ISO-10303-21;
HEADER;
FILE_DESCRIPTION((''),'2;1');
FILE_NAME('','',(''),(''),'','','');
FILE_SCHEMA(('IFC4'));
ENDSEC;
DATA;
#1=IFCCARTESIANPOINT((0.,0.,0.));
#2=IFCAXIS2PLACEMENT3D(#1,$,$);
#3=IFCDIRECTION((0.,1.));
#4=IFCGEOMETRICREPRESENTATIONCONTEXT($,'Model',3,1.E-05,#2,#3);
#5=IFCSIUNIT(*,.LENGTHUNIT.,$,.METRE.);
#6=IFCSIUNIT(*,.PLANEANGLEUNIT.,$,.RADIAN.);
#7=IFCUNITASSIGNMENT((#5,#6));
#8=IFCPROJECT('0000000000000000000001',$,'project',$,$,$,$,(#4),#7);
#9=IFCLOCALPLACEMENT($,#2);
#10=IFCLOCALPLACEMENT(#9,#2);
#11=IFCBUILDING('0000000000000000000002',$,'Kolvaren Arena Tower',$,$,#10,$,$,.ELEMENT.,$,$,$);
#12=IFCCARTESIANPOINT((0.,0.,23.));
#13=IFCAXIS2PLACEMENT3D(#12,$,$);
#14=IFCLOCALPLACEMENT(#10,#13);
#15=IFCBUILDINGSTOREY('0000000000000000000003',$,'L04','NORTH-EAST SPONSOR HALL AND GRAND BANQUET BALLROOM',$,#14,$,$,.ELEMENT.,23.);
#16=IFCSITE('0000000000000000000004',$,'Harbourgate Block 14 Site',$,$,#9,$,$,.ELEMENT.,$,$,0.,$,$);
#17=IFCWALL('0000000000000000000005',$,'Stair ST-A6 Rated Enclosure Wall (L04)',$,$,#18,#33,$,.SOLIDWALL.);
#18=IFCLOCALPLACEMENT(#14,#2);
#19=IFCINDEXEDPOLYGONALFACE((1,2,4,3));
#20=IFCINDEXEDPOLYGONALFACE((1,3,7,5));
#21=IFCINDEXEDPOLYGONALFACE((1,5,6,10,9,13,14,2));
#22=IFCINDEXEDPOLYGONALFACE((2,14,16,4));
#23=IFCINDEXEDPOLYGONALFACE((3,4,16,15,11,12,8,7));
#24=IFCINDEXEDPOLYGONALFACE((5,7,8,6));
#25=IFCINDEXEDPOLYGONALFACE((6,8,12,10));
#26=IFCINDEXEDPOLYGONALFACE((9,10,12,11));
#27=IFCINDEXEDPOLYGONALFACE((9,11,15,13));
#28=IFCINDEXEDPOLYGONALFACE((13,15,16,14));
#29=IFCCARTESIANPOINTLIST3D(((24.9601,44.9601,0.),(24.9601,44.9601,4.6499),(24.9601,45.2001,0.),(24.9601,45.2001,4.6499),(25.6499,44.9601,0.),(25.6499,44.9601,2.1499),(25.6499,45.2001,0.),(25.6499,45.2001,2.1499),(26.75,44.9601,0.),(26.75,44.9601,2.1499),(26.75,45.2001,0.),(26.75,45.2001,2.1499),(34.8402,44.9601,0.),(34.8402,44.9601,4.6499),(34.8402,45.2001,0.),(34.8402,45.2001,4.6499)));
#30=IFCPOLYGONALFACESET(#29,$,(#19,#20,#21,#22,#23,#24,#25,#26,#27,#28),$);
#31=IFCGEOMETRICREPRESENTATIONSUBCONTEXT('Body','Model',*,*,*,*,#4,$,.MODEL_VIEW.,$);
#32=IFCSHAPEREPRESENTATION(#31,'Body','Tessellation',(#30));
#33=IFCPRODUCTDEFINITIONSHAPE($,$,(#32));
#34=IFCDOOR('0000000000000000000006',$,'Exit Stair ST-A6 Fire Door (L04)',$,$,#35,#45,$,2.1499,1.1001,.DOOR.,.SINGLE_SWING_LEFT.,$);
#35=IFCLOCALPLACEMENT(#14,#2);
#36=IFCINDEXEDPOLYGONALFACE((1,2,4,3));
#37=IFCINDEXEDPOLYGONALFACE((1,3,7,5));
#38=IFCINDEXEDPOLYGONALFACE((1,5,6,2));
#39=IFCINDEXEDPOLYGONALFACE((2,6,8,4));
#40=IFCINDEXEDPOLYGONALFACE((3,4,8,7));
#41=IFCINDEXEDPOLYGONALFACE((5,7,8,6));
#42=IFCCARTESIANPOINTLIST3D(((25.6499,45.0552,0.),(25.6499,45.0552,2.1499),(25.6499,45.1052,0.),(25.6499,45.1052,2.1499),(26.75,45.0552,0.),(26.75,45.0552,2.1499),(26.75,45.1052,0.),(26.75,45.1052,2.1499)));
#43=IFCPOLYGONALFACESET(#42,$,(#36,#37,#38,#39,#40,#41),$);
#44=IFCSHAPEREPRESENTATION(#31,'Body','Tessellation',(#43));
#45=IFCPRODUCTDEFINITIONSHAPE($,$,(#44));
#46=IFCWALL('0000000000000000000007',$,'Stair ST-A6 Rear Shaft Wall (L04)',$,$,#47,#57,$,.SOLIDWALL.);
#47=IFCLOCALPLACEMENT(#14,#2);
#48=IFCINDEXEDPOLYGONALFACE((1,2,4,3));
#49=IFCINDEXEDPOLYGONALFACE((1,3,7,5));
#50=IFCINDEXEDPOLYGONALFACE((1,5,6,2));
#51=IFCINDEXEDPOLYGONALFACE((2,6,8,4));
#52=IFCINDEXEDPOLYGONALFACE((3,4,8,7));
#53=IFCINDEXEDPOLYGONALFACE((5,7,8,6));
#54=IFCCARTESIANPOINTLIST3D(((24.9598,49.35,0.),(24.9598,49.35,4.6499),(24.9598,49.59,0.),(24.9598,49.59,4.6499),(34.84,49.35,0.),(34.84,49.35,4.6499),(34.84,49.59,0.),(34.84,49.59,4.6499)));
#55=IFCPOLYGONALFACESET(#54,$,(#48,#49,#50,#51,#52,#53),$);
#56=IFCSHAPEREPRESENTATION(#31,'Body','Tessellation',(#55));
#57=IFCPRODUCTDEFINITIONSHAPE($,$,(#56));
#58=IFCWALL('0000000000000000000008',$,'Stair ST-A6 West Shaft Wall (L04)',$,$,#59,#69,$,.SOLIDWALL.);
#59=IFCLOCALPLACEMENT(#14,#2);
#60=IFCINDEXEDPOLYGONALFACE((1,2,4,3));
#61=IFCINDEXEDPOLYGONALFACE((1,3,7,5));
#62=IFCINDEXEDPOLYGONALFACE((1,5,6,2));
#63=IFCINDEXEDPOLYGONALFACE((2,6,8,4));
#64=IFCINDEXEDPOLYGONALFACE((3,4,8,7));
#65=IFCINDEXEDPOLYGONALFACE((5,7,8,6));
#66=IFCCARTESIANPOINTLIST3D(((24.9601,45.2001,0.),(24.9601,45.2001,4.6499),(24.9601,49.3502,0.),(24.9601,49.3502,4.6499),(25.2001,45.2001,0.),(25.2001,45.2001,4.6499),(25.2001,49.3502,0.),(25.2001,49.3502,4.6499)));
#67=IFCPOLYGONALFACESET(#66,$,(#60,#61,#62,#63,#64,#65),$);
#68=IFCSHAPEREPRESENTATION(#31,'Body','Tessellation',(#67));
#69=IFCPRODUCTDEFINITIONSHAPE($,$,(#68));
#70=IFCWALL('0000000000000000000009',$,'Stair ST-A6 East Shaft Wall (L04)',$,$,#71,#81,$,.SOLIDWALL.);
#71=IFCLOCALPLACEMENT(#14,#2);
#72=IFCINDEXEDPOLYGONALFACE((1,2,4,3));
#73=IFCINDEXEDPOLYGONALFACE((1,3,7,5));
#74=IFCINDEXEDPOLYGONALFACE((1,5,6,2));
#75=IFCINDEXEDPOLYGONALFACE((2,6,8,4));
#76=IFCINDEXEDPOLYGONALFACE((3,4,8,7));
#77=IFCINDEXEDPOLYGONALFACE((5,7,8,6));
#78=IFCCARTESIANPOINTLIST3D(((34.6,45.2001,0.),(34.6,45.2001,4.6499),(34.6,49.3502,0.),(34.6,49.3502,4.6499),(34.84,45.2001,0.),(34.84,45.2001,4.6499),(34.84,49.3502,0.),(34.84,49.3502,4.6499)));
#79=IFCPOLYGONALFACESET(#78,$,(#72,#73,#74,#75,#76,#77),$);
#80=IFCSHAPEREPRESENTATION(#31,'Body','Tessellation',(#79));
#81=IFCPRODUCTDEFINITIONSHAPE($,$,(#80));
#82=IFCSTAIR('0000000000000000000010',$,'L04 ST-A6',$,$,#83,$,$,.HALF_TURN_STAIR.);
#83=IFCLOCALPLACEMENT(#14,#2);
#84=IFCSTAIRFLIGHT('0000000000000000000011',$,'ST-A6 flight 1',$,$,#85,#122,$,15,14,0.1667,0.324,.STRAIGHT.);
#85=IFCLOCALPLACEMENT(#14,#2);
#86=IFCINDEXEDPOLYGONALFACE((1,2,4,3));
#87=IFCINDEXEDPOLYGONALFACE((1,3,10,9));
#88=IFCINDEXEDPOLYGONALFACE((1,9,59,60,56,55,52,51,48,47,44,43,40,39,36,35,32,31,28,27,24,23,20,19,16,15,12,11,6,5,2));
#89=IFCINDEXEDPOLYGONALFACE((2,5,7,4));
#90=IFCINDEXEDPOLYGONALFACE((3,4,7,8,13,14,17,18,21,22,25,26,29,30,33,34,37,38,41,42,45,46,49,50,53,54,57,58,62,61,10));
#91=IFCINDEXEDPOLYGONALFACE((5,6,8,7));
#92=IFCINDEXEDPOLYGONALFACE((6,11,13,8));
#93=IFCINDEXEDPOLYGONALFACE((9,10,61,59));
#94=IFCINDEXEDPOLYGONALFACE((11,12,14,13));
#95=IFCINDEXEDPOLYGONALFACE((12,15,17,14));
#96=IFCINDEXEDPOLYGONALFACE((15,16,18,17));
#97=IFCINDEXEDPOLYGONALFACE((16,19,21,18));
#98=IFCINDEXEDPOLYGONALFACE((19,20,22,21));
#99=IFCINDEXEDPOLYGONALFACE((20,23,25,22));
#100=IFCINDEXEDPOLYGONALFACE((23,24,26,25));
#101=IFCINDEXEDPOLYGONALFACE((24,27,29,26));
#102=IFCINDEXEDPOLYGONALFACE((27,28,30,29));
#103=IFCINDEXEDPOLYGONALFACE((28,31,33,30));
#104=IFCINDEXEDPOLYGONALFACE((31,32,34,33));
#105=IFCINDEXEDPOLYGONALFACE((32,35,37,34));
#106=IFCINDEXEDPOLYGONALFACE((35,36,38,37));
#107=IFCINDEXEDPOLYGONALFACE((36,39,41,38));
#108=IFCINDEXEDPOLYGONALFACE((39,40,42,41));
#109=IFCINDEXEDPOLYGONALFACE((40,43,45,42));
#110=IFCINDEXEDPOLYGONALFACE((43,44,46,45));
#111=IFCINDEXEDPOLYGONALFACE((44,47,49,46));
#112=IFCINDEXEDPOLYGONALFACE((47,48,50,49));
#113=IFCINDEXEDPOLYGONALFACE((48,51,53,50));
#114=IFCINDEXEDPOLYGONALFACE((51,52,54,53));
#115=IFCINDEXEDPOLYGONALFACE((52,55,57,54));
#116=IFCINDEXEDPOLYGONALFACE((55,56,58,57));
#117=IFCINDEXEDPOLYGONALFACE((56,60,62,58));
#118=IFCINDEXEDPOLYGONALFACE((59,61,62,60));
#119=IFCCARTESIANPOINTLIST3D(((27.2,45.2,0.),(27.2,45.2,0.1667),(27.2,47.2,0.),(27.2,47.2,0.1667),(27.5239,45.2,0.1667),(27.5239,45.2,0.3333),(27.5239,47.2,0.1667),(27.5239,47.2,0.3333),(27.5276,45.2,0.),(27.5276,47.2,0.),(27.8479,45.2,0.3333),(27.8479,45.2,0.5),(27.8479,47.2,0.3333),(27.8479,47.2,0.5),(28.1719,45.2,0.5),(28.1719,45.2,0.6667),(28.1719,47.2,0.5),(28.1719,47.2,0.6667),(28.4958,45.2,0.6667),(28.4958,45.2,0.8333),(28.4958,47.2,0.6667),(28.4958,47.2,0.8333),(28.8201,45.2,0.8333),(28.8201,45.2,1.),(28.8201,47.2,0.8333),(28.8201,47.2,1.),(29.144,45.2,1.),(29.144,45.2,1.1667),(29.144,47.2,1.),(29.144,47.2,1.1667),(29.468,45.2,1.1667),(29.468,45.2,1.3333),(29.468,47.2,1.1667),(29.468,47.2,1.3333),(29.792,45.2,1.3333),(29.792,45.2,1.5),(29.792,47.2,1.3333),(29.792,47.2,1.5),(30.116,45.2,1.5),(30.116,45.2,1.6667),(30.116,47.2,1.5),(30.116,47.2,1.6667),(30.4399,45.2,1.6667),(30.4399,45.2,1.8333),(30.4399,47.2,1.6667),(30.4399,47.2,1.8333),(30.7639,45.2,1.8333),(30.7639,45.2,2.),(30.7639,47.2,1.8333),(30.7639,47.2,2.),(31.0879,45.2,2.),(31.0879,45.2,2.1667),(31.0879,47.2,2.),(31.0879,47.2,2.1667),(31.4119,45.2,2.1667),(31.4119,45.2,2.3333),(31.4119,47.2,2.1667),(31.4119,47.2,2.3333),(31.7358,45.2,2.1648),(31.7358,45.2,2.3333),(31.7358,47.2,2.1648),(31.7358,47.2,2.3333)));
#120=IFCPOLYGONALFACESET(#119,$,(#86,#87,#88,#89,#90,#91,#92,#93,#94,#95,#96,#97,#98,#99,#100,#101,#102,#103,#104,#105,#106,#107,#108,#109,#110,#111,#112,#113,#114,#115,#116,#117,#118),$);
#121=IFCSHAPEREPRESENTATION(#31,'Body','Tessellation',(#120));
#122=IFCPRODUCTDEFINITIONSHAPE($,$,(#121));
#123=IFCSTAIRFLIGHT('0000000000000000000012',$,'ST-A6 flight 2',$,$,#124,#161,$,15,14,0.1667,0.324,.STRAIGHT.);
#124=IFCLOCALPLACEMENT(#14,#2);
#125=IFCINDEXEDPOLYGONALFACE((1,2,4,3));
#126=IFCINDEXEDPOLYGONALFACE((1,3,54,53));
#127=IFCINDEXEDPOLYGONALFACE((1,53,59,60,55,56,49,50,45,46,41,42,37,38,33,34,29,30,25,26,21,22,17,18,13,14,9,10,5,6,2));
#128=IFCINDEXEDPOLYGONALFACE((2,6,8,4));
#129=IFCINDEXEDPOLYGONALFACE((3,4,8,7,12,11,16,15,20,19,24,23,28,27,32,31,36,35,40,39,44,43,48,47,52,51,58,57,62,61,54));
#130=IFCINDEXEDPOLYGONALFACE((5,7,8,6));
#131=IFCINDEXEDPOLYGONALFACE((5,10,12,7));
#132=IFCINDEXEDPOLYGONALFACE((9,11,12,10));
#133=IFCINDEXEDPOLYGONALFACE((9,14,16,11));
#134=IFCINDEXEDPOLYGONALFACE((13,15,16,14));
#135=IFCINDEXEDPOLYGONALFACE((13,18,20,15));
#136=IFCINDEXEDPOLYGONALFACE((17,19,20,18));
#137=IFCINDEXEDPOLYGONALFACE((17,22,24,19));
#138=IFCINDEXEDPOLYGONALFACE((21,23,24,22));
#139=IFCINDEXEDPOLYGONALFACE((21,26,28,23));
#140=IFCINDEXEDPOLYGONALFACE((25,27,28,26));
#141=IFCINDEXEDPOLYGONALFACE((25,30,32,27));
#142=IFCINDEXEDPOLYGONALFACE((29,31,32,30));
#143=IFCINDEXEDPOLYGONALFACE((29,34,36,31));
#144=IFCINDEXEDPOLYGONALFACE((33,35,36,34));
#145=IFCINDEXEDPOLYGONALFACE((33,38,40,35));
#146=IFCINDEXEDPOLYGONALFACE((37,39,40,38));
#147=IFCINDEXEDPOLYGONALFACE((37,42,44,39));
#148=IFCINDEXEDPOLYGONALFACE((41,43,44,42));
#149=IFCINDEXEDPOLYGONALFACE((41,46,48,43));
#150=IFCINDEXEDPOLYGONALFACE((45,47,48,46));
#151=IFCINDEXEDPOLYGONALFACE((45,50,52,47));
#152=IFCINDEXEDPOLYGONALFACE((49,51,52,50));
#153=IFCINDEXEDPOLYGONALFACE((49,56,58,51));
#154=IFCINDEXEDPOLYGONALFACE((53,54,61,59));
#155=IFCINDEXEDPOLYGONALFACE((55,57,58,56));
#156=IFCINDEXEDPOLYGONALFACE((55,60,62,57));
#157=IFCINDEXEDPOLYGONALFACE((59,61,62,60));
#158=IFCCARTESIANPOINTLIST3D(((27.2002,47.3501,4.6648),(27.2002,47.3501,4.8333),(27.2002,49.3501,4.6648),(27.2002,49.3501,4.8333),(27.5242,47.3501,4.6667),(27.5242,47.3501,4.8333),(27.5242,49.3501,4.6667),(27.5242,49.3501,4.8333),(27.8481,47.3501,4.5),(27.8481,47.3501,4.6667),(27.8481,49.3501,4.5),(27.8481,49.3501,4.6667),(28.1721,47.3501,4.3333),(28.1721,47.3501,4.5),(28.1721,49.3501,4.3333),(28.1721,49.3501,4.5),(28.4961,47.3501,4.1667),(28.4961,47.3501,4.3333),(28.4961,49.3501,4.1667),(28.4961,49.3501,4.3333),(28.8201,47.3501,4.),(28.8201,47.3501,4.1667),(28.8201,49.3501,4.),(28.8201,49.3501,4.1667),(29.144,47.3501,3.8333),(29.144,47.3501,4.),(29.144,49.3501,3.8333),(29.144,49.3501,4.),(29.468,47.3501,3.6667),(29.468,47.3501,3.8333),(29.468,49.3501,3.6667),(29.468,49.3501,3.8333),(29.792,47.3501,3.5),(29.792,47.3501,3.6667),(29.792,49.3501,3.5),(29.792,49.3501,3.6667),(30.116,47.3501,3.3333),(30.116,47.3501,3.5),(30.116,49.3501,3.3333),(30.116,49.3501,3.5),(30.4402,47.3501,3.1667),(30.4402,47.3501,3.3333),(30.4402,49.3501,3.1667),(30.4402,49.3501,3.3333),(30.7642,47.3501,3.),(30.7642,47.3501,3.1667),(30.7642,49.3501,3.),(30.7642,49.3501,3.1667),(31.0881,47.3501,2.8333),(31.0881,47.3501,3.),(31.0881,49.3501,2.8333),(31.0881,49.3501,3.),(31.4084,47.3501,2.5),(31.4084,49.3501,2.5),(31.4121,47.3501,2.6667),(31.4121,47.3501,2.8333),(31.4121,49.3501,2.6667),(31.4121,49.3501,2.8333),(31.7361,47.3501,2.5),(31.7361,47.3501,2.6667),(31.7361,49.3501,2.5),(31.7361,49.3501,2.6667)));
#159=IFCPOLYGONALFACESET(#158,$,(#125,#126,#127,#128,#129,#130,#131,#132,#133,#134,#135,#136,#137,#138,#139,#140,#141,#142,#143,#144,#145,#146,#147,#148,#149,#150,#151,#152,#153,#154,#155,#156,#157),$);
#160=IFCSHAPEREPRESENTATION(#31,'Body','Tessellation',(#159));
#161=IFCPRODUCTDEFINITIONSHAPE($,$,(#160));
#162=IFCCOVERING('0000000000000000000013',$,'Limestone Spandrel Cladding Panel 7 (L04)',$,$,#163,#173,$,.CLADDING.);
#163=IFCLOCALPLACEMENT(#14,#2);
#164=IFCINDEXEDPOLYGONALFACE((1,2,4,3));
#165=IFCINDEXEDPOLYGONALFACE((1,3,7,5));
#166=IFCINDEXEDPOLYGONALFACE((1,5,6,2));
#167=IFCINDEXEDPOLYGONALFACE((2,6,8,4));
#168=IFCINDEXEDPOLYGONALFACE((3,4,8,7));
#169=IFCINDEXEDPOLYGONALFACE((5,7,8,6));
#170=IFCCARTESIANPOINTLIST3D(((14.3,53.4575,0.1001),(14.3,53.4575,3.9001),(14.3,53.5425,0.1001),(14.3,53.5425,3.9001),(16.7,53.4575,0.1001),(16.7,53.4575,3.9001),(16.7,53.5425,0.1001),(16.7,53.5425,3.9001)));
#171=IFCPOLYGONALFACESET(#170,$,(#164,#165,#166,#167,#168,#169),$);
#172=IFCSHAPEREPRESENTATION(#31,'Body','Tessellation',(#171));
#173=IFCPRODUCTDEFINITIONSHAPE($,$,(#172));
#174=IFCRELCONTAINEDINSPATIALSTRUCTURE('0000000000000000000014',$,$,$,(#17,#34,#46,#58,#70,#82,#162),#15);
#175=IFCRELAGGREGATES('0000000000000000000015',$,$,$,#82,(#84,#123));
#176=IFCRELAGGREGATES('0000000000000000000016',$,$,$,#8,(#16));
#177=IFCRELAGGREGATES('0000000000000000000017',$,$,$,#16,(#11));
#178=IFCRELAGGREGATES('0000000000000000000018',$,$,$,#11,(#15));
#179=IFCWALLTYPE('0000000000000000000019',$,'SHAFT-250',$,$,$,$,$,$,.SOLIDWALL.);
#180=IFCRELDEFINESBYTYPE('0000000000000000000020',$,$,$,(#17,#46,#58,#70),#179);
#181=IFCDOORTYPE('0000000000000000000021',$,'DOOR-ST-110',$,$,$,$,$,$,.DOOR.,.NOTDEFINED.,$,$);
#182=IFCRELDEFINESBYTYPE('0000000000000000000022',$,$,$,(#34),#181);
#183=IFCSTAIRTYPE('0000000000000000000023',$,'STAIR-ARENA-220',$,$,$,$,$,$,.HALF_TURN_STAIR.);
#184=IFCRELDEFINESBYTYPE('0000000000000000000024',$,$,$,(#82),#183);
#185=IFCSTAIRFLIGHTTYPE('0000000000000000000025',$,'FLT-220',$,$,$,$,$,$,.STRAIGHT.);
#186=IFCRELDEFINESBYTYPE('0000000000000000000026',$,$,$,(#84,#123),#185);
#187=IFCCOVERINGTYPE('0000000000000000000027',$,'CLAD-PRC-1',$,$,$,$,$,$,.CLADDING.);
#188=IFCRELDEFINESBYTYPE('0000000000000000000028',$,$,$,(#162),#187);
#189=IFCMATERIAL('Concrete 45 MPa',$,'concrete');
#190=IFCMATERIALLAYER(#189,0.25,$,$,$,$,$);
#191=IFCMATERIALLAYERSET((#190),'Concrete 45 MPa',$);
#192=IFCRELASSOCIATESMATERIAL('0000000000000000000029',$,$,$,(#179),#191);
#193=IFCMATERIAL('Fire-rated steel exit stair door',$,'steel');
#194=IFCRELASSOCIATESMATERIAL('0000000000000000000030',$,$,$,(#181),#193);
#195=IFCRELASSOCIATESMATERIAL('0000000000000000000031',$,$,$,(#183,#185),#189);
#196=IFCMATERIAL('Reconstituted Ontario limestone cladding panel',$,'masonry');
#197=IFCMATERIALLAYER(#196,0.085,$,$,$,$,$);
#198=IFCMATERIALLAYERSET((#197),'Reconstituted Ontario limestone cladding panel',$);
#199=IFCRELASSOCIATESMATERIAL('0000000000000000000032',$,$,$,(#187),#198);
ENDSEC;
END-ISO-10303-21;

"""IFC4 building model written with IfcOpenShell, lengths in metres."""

from ifc_helpers import new_model, si_unit, direction, frame, frame_2d, origin, origin_2d, place, context, subcontext, project, spatial, polyline, rectangle, outline, extrude, material, layer, layer_set, type_object, element, fill, aggregate, save


model = new_model("IFC4")

# Units and contexts
model_context = context("Model", 3, precision=1e-05, world=origin(), true_north=direction((0.0, 1.0)))
body_context = subcontext(model_context, "Body", "Model", "MODEL_VIEW")
ifc_project = project(units=[si_unit("LENGTHUNIT", "METRE"), si_unit("PLANEANGLEUNIT", "RADIAN")], contexts=[model_context])

# Site, building, storey
site_placement = place(None, origin())
site = spatial("IfcSite", under=ifc_project, at=site_placement, Name="Harbourgate Block 14 Site", CompositionType="ELEMENT", RefElevation=0.0)
building_placement = place(site_placement, origin())
building = spatial("IfcBuilding", under=site, at=building_placement, Name="Kolvaren Arena Tower", CompositionType="ELEMENT")
storey_placement = place(building_placement, frame((0.0, 0.0, 23.0)))
storey = spatial("IfcBuildingStorey", under=building, at=storey_placement, Name="L04", Description="NORTH-EAST SPONSOR HALL AND GRAND BANQUET BALLROOM", CompositionType="ELEMENT", Elevation=23.0)

# Shared definitions
ifc_material_1 = material(Name="Concrete 45 MPa", Category="concrete")
ifc_layer_1 = layer(ifc_material_1, 0.25)
ifc_layer_set_1 = layer_set([ifc_layer_1], Name="Concrete 45 MPa")
wall_type_1 = type_object("IfcWallType", Name="SHAFT-250", PredefinedType="SOLIDWALL", material=ifc_layer_set_1)
ifc_material_2 = material(Name="Fire-rated steel exit stair door", Category="steel")
door_type_1 = type_object("IfcDoorType", Name="DOOR-ST-110", OperationType="NOTDEFINED", PredefinedType="DOOR", material=ifc_material_2)

# Wall, opening, door
wall_1_placement = place(storey_placement, frame((34.8401, 45.0801, 0.0), z_axis=(0.0, 0.0, 1.0), x_axis=(-1.0, 0.0, 0.0)))
wall_1 = element("IfcWall", 1, at=wall_1_placement, inside=storey, type_object=wall_type_1, Name="Stair ST-A6 Rated Enclosure Wall (L04)", PredefinedType="SOLIDWALL", context=body_context, shape_type="SweptSolid", body=[
    extrude(rectangle(XDim=9.8801, YDim=0.24, at=frame_2d((4.9399, 0.0))), origin(), (0.0, 0.0, 1.0), 4.6499),
])
opening_1_placement = place(wall_1_placement, frame((8.0901, 0.0, 0.0)))
opening_1 = element("IfcOpeningElement", 2, at=opening_1_placement, cuts=wall_1, PredefinedType="OPENING", context=body_context, shape_type="SweptSolid", body=[
    extrude(rectangle(XDim=1.1001, YDim=2.1499, at=frame_2d((0.55, 1.075))), frame((0.0, 0.1299, 0.0), z_axis=(0.0, -1.0, 0.0), x_axis=(1.0, 0.0, 0.0)), (0.0, 0.0, 1.0), 0.26),
])
door_1_placement = place(opening_1_placement, origin())
door_1 = element("IfcDoor", 3, at=door_1_placement, inside=storey, type_object=door_type_1, Name="Exit Stair ST-A6 Fire Door (L04)", OperationType="SINGLE_SWING_LEFT", OverallHeight=2.1499, OverallWidth=1.1001, PredefinedType="DOOR", context=body_context, shape_type="SweptSolid", body=[
    extrude(rectangle(XDim=1.1001, YDim=2.1499, at=frame_2d((0.55, 1.075))), frame((0.0, 0.0249, 0.0), z_axis=(0.0, -1.0, 0.0), x_axis=(1.0, 0.0, 0.0)), (0.0, 0.0, 1.0), 0.05),
])
fill(opening_1, door_1)

# Walls
wall_2_placement = place(storey_placement, frame((24.96, 49.47, 0.0), z_axis=(0.0, 0.0, 1.0), x_axis=(1.0, 0.0, 0.0)))
element("IfcWall", 4, at=wall_2_placement, inside=storey, type_object=wall_type_1, Name="Stair ST-A6 Rear Shaft Wall (L04)", PredefinedType="SOLIDWALL", context=body_context, shape_type="SweptSolid", body=[
    extrude(rectangle(XDim=9.8801, YDim=0.24, at=frame_2d((4.9399, 0.0))), origin(), (0.0, 0.0, 1.0), 4.6499),
])
for number, where, z_axis, x_axis, name in (
    (5, (25.0801, 45.2, 0.0), (0.0, 0.0, 1.0), (0.0, 1.0, 0.0), "Stair ST-A6 West Shaft Wall (L04)"),
    (6, (34.72, 45.2, 0.0), (0.0, 0.0, 1.0), (0.0, 1.0, 0.0), "Stair ST-A6 East Shaft Wall (L04)"),
):
    element("IfcWall", number, at=place(storey_placement, frame(where, z_axis=z_axis, x_axis=x_axis)), inside=storey, type_object=wall_type_1, Name=name, PredefinedType="SOLIDWALL", context=body_context, shape_type="SweptSolid", body=[
        extrude(rectangle(XDim=4.1501, YDim=0.24, at=frame_2d((2.0752, 0.0))), origin(), (0.0, 0.0, 1.0), 4.6499),
    ])

# Stair, stair flights
stair_type = type_object("IfcStairType", Name="STAIR-ARENA-220", PredefinedType="HALF_TURN_STAIR", material=ifc_material_1)
stair_placement = place(storey_placement, origin())
stair = element("IfcStair", 7, at=stair_placement, inside=storey, type_object=stair_type, Name="L04 ST-A6", PredefinedType="HALF_TURN_STAIR")
stair_flight_type = type_object("IfcStairFlightType", Name="FLT-220", PredefinedType="STRAIGHT", material=ifc_material_1)
stair_flight_1_placement = place(storey_placement, frame((27.2, 46.2, 0.0), z_axis=(0.0, 0.0, 1.0), x_axis=(1.0, 0.0, 0.0)))
stair_flight_1 = element("IfcStairFlight", 8, at=stair_flight_1_placement, type_object=stair_flight_type, Name="ST-A6 flight 1", NumberOfRisers=15, NumberOfTreads=14, PredefinedType="STRAIGHT", RiserHeight=0.1667, TreadLength=0.324, context=body_context, shape_type="SweptSolid", body=[
    extrude(outline(polyline([(0.0, 0.0), (0.0, 0.1667), (0.324, 0.1667), (0.324, 0.3333), (0.6479, 0.3333), (0.6479, 0.5), (0.9719, 0.5), (0.9719, 0.6667), (1.2959, 0.6667), (1.2959, 0.8333), (1.6201, 0.8333), (1.6201, 1.0), (1.9441, 1.0), (1.9441, 1.1667), (2.2681, 1.1667), (2.2681, 1.3333), (2.592, 1.3333), (2.592, 1.5), (2.916, 1.5), (2.916, 1.6667), (3.24, 1.6667), (3.24, 1.8333), (3.564, 1.8333), (3.564, 2.0), (3.8879, 2.0), (3.8879, 2.1667), (4.2119, 2.1667), (4.2119, 2.3333), (4.5359, 2.3333), (4.5359, 2.5), (4.5359, 2.1648), (0.3276, 0.0), (0.0, 0.0)])), frame((0.0, 1.0, 0.0), z_axis=(0.0, -1.0, 0.0), x_axis=(1.0, 0.0, 0.0)), (0.0, 0.0, 1.0), 2.0),
])
stair_flight_2_placement = place(storey_placement, frame((31.7361, 48.3501, 2.5), z_axis=(0.0, 0.0, 1.0), x_axis=(-1.0, 0.0, 0.0)))
stair_flight_2 = element("IfcStairFlight", 9, at=stair_flight_2_placement, type_object=stair_flight_type, Name="ST-A6 flight 2", NumberOfRisers=15, NumberOfTreads=14, PredefinedType="STRAIGHT", RiserHeight=0.1667, TreadLength=0.324, context=body_context, shape_type="SweptSolid", body=[
    extrude(outline(polyline([(0.0, 0.0), (0.0, 0.1667), (0.324, 0.1667), (0.324, 0.3333), (0.6479, 0.3333), (0.6479, 0.5), (0.9719, 0.5), (0.9719, 0.6667), (1.2959, 0.6667), (1.2959, 0.8333), (1.6201, 0.8333), (1.6201, 1.0), (1.9441, 1.0), (1.9441, 1.1667), (2.2681, 1.1667), (2.2681, 1.3333), (2.592, 1.3333), (2.592, 1.5), (2.916, 1.5), (2.916, 1.6667), (3.24, 1.6667), (3.24, 1.8333), (3.564, 1.8333), (3.564, 2.0), (3.8879, 2.0), (3.8879, 2.1667), (4.2119, 2.1667), (4.2119, 2.3333), (4.5359, 2.3333), (4.5359, 2.5), (4.5359, 2.1648), (0.3276, 0.0), (0.0, 0.0)])), frame((0.0, 1.0, 0.0), z_axis=(0.0, -1.0, 0.0), x_axis=(1.0, 0.0, 0.0)), (0.0, 0.0, 1.0), 2.0),
])
aggregate(stair, [stair_flight_1, stair_flight_2])

# Covering
ifc_material_3 = material(Name="Reconstituted Ontario limestone cladding panel", Category="masonry")
ifc_layer_2 = layer(ifc_material_3, 0.085)
ifc_layer_set_2 = layer_set([ifc_layer_2], Name="Reconstituted Ontario limestone cladding panel")
covering_type = type_object("IfcCoveringType", Name="CLAD-PRC-1", PredefinedType="CLADDING", material=ifc_layer_set_2)
covering_placement = place(storey_placement, frame((15.5, 53.5, 0.1001), z_axis=(0.0, 0.0, 1.0), x_axis=(1.0, 0.0, 0.0)))
element("IfcCovering", 10, at=covering_placement, inside=storey, type_object=covering_type, Name="Limestone Spandrel Cladding Panel 7 (L04)", PredefinedType="CLADDING", context=body_context, shape_type="SweptSolid", body=[
    extrude(rectangle(XDim=2.3999, YDim=0.085, at=origin_2d()), origin(), (0.0, 0.0, 1.0), 3.8),
])

save(model, "model.ifc")
